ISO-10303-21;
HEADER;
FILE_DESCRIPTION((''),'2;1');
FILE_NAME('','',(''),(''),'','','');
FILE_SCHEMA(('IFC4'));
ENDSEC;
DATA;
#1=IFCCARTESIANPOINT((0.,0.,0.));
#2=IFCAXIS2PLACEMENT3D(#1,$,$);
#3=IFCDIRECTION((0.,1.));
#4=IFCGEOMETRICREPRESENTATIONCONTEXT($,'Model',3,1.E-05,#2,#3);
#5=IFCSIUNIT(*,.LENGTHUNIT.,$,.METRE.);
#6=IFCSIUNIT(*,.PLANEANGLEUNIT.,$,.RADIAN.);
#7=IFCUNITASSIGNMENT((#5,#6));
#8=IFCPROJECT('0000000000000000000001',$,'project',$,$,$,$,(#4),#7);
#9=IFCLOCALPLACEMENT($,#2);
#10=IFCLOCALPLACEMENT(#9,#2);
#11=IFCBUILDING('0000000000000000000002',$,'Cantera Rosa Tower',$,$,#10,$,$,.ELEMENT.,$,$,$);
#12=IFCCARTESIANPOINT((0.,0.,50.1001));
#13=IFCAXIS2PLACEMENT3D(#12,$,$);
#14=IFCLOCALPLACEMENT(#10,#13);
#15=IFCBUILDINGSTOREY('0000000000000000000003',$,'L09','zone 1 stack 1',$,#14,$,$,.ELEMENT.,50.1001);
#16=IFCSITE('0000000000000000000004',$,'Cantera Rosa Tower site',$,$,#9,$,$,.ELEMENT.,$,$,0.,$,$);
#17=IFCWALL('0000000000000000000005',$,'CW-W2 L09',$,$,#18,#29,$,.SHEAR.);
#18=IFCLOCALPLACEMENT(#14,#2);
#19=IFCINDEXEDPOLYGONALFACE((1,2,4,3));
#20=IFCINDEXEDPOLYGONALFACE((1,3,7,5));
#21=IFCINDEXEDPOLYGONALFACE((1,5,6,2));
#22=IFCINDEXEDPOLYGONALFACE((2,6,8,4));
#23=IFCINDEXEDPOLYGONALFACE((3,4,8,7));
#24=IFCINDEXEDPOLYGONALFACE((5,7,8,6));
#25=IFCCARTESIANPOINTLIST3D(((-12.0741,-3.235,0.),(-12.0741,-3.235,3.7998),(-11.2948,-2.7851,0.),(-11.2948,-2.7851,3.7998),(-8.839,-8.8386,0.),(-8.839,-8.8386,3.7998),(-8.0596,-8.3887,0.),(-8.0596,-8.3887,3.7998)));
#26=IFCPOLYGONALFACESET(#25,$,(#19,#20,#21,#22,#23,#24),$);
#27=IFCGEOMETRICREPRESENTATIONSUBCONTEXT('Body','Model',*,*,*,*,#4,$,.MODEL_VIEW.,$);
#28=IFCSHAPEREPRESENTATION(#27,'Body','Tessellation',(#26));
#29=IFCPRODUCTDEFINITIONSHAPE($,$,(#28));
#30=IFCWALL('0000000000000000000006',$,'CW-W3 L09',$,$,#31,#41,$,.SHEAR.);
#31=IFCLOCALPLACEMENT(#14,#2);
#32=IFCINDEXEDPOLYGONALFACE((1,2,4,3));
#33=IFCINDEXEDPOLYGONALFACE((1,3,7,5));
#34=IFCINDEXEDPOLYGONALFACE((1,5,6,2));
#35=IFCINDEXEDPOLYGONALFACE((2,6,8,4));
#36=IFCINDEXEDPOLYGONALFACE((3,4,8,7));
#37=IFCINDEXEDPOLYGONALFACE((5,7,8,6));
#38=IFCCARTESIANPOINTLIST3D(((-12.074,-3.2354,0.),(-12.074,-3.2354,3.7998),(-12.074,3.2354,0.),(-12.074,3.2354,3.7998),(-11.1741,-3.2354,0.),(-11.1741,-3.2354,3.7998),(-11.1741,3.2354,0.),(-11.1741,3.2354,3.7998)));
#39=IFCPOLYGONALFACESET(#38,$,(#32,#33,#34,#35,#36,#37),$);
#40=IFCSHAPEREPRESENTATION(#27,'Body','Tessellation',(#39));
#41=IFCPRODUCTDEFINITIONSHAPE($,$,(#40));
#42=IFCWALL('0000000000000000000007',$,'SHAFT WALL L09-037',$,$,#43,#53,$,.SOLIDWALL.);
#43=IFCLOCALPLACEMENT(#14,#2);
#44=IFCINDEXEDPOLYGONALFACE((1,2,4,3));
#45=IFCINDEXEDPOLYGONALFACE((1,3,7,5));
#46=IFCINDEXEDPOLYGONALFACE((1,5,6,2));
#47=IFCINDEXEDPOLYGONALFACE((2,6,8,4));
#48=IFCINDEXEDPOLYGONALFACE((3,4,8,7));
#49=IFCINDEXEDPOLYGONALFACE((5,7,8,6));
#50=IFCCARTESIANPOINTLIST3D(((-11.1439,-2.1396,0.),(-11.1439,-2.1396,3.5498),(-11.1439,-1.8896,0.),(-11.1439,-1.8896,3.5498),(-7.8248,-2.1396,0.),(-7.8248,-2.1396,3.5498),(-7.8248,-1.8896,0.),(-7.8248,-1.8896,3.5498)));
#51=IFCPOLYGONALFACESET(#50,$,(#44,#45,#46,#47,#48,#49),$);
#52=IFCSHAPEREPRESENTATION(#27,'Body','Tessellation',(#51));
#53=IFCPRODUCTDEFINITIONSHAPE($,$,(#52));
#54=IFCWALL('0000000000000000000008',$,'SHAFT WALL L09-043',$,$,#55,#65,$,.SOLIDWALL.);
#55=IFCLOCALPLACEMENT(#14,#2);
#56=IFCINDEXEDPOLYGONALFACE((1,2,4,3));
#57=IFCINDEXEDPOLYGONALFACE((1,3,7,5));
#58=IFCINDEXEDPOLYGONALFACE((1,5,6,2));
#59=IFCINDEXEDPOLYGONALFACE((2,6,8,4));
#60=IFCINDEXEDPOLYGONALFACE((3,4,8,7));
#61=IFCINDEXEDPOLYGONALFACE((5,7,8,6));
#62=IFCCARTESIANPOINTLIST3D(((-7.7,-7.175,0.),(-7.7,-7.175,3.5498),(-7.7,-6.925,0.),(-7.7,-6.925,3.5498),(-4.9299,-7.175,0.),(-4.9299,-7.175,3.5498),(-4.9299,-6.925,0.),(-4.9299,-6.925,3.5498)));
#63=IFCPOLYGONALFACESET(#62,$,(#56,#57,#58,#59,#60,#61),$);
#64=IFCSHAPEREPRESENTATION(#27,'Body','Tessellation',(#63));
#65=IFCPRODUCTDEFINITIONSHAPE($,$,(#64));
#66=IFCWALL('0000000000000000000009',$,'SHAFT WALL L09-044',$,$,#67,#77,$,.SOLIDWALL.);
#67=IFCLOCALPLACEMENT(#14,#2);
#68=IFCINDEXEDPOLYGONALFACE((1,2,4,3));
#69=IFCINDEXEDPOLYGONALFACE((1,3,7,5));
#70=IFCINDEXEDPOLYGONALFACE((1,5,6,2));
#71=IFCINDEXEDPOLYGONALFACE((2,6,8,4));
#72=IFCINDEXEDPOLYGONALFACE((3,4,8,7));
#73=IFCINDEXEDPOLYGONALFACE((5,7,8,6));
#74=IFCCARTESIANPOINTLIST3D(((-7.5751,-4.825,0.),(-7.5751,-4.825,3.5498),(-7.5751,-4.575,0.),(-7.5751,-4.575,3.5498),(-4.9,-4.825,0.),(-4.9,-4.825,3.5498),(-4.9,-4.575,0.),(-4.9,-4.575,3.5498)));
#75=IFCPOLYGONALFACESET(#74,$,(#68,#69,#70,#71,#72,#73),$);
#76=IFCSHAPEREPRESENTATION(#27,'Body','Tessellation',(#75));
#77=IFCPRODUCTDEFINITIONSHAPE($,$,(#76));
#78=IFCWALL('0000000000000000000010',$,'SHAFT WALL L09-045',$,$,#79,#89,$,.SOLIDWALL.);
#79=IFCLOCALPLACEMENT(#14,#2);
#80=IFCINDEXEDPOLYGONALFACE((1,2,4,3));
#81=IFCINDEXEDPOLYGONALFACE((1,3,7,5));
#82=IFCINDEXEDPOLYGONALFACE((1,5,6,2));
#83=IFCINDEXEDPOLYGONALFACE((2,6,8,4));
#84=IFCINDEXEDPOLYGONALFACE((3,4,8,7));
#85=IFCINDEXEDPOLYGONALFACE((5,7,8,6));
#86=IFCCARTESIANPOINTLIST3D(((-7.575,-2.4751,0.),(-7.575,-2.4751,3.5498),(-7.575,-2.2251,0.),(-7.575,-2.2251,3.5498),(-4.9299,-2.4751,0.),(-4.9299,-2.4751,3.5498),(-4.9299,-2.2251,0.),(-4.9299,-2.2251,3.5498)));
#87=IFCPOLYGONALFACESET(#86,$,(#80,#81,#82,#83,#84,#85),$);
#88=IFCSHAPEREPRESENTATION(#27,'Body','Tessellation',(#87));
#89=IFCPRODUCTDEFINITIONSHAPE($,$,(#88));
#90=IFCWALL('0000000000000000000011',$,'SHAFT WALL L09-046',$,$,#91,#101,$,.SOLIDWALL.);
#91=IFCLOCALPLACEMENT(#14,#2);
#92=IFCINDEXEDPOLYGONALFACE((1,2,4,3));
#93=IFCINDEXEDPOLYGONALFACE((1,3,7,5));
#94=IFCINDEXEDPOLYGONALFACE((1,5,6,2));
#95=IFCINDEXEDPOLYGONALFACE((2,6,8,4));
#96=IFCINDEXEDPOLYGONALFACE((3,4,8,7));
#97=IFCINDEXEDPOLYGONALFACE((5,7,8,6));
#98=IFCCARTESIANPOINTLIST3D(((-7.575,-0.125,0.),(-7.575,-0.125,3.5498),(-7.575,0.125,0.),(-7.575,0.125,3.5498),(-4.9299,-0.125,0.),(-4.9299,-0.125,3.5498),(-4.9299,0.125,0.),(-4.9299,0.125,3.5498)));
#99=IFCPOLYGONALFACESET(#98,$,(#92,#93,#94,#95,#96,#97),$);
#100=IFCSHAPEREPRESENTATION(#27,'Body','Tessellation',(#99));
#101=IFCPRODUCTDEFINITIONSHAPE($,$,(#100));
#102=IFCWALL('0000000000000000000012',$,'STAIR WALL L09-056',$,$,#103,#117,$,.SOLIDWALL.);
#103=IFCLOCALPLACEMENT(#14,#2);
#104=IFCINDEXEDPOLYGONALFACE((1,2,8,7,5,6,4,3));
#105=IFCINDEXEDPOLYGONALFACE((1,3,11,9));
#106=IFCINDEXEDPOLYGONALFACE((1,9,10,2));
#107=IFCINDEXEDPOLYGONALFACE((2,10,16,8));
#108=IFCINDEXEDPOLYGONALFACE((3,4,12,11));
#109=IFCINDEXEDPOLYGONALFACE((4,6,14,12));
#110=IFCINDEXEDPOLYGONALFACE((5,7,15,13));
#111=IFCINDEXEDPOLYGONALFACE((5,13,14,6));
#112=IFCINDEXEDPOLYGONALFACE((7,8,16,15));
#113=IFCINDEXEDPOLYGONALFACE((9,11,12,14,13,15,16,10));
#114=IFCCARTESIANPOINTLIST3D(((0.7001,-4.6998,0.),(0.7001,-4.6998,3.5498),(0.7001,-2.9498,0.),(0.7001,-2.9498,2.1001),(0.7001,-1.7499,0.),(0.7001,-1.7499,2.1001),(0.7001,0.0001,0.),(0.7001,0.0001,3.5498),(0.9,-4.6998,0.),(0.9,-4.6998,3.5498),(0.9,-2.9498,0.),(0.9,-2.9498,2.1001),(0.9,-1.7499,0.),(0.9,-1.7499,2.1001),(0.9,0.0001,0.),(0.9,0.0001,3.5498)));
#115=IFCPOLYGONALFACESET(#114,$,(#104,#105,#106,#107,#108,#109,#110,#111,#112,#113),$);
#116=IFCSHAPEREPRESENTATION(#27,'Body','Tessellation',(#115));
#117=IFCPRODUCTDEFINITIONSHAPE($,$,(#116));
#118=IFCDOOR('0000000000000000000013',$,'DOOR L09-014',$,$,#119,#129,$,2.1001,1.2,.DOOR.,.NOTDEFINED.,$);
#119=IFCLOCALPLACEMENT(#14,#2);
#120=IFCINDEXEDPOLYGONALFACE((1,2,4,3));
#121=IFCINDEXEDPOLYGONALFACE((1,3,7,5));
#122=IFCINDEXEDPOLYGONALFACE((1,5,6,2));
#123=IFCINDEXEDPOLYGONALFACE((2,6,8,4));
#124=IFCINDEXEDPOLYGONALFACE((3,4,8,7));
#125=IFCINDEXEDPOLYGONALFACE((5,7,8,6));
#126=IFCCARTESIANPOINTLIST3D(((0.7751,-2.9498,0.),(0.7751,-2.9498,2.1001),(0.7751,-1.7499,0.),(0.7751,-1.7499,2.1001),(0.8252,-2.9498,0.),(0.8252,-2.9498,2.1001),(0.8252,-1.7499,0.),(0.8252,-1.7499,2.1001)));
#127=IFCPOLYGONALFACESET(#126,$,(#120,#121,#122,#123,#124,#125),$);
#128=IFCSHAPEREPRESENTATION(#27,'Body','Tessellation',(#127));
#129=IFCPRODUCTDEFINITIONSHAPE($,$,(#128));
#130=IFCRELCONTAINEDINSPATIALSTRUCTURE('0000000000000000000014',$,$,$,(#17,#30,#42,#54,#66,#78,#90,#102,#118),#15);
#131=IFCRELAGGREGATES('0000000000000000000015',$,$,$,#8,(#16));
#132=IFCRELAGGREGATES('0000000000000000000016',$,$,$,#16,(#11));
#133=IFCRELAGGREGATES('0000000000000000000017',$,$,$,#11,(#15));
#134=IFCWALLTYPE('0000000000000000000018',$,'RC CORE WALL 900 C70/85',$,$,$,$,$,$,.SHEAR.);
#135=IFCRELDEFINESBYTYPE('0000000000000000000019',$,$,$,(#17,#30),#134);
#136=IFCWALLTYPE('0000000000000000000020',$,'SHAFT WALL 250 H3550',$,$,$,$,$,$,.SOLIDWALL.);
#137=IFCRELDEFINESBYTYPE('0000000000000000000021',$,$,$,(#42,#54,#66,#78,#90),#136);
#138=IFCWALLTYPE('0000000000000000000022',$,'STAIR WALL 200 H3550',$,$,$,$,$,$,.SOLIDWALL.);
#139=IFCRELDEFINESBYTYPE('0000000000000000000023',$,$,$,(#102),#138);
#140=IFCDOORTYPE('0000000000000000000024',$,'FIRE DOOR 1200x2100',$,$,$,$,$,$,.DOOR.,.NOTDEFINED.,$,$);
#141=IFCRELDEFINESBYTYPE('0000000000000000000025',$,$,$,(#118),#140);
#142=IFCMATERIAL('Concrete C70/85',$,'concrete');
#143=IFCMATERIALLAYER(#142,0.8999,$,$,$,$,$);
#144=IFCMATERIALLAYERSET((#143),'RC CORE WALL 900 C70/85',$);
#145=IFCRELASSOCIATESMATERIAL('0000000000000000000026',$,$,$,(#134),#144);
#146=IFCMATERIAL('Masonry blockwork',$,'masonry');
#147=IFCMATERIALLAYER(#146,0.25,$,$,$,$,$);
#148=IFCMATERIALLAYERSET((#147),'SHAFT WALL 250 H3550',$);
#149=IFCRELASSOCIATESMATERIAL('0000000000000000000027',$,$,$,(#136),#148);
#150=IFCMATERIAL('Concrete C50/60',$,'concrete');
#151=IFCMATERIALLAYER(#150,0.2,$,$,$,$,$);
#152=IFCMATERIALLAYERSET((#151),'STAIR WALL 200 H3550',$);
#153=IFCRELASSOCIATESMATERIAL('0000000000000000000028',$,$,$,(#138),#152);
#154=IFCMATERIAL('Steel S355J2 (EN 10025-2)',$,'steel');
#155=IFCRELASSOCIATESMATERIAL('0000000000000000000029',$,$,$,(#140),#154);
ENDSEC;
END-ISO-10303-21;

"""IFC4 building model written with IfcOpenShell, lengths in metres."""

from ifc_helpers import new_model, si_unit, direction, frame, frame_2d, origin, place, context, subcontext, project, spatial, rectangle, extrude, material, layer, layer_set, type_object, element, fill, save


model = new_model("IFC4")

# Units and contexts
model_context = context("Model", 3, precision=1e-05, world=origin(), true_north=direction((0.0, 1.0)))
body_context = subcontext(model_context, "Body", "Model", "MODEL_VIEW")
ifc_project = project(units=[si_unit("LENGTHUNIT", "METRE"), si_unit("PLANEANGLEUNIT", "RADIAN")], contexts=[model_context])

# Site, building, storey
site_placement = place(None, origin())
site = spatial("IfcSite", under=ifc_project, at=site_placement, Name="Cantera Rosa Tower site", CompositionType="ELEMENT", RefElevation=0.0)
building_placement = place(site_placement, origin())
building = spatial("IfcBuilding", under=site, at=building_placement, Name="Cantera Rosa Tower", CompositionType="ELEMENT")
storey_placement = place(building_placement, frame((0.0, 0.0, 50.1001)))
storey = spatial("IfcBuildingStorey", under=building, at=storey_placement, Name="L09", Description="zone 1 stack 1", CompositionType="ELEMENT", Elevation=50.1001)

# Walls
ifc_material_1 = material(Name="Concrete C70/85", Category="concrete")
ifc_layer_1 = layer(ifc_material_1, 0.8999)
ifc_layer_set_1 = layer_set([ifc_layer_1], Name="RC CORE WALL 900 C70/85")
wall_type_1 = type_object("IfcWallType", Name="RC CORE WALL 900 C70/85", PredefinedType="SHEAR", material=ifc_layer_set_1)
wall_1_placement = place(storey_placement, frame((-8.4492, -8.6138, 0.0), z_axis=(0.0, 0.0, 1.0), x_axis=(-0.49999, 0.866031, 0.0)))
element("IfcWall", 1, at=wall_1_placement, inside=storey, type_object=wall_type_1, Name="CW-W2 L09", PredefinedType="SHEAR", context=body_context, shape_type="SweptSolid", body=[
    extrude(rectangle(XDim=6.4705, YDim=0.8999, at=frame_2d((3.2354, 0.0))), origin(), (0.0, 0.0, 1.0), 3.7998),
])
wall_2_placement = place(storey_placement, frame((-11.624, -3.2354, 0.0), z_axis=(0.0, 0.0, 1.0), x_axis=(0.0, 1.0, 0.0)))
element("IfcWall", 2, at=wall_2_placement, inside=storey, type_object=wall_type_1, Name="CW-W3 L09", PredefinedType="SHEAR", context=body_context, shape_type="SweptSolid", body=[
    extrude(rectangle(XDim=6.4707, YDim=0.8999, at=frame_2d((3.2354, 0.0))), origin(), (0.0, 0.0, 1.0), 3.7998),
])
ifc_material_2 = material(Name="Masonry blockwork", Category="masonry")
ifc_layer_2 = layer(ifc_material_2, 0.25)
ifc_layer_set_2 = layer_set([ifc_layer_2], Name="SHAFT WALL 250 H3550")
wall_type_2 = type_object("IfcWallType", Name="SHAFT WALL 250 H3550", PredefinedType="SOLIDWALL", material=ifc_layer_set_2)
wall_3_placement = place(storey_placement, frame((-11.144, -2.0146, 0.0), z_axis=(0.0, 0.0, 1.0), x_axis=(1.0, 0.0, 0.0)))
element("IfcWall", 3, at=wall_3_placement, inside=storey, type_object=wall_type_2, Name="SHAFT WALL L09-037", PredefinedType="SOLIDWALL", context=body_context, shape_type="SweptSolid", body=[
    extrude(rectangle(XDim=3.3191, YDim=0.25, at=frame_2d((1.6597, 0.0))), origin(), (0.0, 0.0, 1.0), 3.5498),
])
wall_4_placement = place(storey_placement, frame((-7.7, -7.05, 0.0), z_axis=(0.0, 0.0, 1.0), x_axis=(1.0, 0.0, 0.0)))
element("IfcWall", 4, at=wall_4_placement, inside=storey, type_object=wall_type_2, Name="SHAFT WALL L09-043", PredefinedType="SOLIDWALL", context=body_context, shape_type="SweptSolid", body=[
    extrude(rectangle(XDim=2.77, YDim=0.25, at=frame_2d((1.385, 0.0))), origin(), (0.0, 0.0, 1.0), 3.5498),
])
wall_5_placement = place(storey_placement, frame((-7.575, -4.7, 0.0), z_axis=(0.0, 0.0, 1.0), x_axis=(1.0, 0.0, 0.0)))
element("IfcWall", 5, at=wall_5_placement, inside=storey, type_object=wall_type_2, Name="SHAFT WALL L09-044", PredefinedType="SOLIDWALL", context=body_context, shape_type="SweptSolid", body=[
    extrude(rectangle(XDim=2.675, YDim=0.25, at=frame_2d((1.3374, 0.0))), origin(), (0.0, 0.0, 1.0), 3.5498),
])
for number, where, z_axis, x_axis, name in (
    (6, (-7.575, -2.3501, 0.0), (0.0, 0.0, 1.0), (1.0, 0.0, 0.0), "SHAFT WALL L09-045"),
    (7, (-7.575, 0.0, 0.0), (0.0, 0.0, 1.0), (1.0, 0.0, 0.0), "SHAFT WALL L09-046"),
):
    element("IfcWall", number, at=place(storey_placement, frame(where, z_axis=z_axis, x_axis=x_axis)), inside=storey, type_object=wall_type_2, Name=name, PredefinedType="SOLIDWALL", context=body_context, shape_type="SweptSolid", body=[
        extrude(rectangle(XDim=2.645, YDim=0.25, at=frame_2d((1.3225, 0.0))), origin(), (0.0, 0.0, 1.0), 3.5498),
    ])

# Wall, opening, door
ifc_material_3 = material(Name="Concrete C50/60", Category="concrete")
ifc_layer_3 = layer(ifc_material_3, 0.2)
ifc_layer_set_3 = layer_set([ifc_layer_3], Name="STAIR WALL 200 H3550")
wall_type_3 = type_object("IfcWallType", Name="STAIR WALL 200 H3550", PredefinedType="SOLIDWALL", material=ifc_layer_set_3)
wall_6_placement = place(storey_placement, frame((0.8, -4.7, 0.0), z_axis=(0.0, 0.0, 1.0), x_axis=(0.0, 1.0, 0.0)))
wall_6 = element("IfcWall", 8, at=wall_6_placement, inside=storey, type_object=wall_type_3, Name="STAIR WALL L09-056", PredefinedType="SOLIDWALL", context=body_context, shape_type="SweptSolid", body=[
    extrude(rectangle(XDim=4.7, YDim=0.2, at=frame_2d((2.3501, 0.0))), origin(), (0.0, 0.0, 1.0), 3.5498),
])
opening_placement = place(wall_6_placement, frame((1.75, 0.0, 0.0)))
opening = element("IfcOpeningElement", 9, at=opening_placement, cuts=wall_6, PredefinedType="OPENING", context=body_context, shape_type="SweptSolid", body=[
    extrude(rectangle(XDim=1.2, YDim=2.1001, at=frame_2d((0.6001, 1.05))), frame((0.0, 0.1099, 0.0), z_axis=(0.0, -1.0, 0.0), x_axis=(1.0, 0.0, 0.0)), (0.0, 0.0, 1.0), 0.22),
])
ifc_material_4 = material(Name="Steel S355J2 (EN 10025-2)", Category="steel")
door_type = type_object("IfcDoorType", Name="FIRE DOOR 1200x2100", OperationType="NOTDEFINED", PredefinedType="DOOR", material=ifc_material_4)
door_placement = place(opening_placement, origin())
door = element("IfcDoor", 10, at=door_placement, inside=storey, type_object=door_type, Name="DOOR L09-014", OperationType="NOTDEFINED", OverallHeight=2.1001, OverallWidth=1.2, PredefinedType="DOOR", context=body_context, shape_type="SweptSolid", body=[
    extrude(rectangle(XDim=1.2, YDim=2.1001, at=frame_2d((0.6001, 1.05))), frame((0.0, 0.0249, 0.0), z_axis=(0.0, -1.0, 0.0), x_axis=(1.0, 0.0, 0.0)), (0.0, 0.0, 1.0), 0.05),
])
fill(opening, door)

save(model, "model.ifc")
